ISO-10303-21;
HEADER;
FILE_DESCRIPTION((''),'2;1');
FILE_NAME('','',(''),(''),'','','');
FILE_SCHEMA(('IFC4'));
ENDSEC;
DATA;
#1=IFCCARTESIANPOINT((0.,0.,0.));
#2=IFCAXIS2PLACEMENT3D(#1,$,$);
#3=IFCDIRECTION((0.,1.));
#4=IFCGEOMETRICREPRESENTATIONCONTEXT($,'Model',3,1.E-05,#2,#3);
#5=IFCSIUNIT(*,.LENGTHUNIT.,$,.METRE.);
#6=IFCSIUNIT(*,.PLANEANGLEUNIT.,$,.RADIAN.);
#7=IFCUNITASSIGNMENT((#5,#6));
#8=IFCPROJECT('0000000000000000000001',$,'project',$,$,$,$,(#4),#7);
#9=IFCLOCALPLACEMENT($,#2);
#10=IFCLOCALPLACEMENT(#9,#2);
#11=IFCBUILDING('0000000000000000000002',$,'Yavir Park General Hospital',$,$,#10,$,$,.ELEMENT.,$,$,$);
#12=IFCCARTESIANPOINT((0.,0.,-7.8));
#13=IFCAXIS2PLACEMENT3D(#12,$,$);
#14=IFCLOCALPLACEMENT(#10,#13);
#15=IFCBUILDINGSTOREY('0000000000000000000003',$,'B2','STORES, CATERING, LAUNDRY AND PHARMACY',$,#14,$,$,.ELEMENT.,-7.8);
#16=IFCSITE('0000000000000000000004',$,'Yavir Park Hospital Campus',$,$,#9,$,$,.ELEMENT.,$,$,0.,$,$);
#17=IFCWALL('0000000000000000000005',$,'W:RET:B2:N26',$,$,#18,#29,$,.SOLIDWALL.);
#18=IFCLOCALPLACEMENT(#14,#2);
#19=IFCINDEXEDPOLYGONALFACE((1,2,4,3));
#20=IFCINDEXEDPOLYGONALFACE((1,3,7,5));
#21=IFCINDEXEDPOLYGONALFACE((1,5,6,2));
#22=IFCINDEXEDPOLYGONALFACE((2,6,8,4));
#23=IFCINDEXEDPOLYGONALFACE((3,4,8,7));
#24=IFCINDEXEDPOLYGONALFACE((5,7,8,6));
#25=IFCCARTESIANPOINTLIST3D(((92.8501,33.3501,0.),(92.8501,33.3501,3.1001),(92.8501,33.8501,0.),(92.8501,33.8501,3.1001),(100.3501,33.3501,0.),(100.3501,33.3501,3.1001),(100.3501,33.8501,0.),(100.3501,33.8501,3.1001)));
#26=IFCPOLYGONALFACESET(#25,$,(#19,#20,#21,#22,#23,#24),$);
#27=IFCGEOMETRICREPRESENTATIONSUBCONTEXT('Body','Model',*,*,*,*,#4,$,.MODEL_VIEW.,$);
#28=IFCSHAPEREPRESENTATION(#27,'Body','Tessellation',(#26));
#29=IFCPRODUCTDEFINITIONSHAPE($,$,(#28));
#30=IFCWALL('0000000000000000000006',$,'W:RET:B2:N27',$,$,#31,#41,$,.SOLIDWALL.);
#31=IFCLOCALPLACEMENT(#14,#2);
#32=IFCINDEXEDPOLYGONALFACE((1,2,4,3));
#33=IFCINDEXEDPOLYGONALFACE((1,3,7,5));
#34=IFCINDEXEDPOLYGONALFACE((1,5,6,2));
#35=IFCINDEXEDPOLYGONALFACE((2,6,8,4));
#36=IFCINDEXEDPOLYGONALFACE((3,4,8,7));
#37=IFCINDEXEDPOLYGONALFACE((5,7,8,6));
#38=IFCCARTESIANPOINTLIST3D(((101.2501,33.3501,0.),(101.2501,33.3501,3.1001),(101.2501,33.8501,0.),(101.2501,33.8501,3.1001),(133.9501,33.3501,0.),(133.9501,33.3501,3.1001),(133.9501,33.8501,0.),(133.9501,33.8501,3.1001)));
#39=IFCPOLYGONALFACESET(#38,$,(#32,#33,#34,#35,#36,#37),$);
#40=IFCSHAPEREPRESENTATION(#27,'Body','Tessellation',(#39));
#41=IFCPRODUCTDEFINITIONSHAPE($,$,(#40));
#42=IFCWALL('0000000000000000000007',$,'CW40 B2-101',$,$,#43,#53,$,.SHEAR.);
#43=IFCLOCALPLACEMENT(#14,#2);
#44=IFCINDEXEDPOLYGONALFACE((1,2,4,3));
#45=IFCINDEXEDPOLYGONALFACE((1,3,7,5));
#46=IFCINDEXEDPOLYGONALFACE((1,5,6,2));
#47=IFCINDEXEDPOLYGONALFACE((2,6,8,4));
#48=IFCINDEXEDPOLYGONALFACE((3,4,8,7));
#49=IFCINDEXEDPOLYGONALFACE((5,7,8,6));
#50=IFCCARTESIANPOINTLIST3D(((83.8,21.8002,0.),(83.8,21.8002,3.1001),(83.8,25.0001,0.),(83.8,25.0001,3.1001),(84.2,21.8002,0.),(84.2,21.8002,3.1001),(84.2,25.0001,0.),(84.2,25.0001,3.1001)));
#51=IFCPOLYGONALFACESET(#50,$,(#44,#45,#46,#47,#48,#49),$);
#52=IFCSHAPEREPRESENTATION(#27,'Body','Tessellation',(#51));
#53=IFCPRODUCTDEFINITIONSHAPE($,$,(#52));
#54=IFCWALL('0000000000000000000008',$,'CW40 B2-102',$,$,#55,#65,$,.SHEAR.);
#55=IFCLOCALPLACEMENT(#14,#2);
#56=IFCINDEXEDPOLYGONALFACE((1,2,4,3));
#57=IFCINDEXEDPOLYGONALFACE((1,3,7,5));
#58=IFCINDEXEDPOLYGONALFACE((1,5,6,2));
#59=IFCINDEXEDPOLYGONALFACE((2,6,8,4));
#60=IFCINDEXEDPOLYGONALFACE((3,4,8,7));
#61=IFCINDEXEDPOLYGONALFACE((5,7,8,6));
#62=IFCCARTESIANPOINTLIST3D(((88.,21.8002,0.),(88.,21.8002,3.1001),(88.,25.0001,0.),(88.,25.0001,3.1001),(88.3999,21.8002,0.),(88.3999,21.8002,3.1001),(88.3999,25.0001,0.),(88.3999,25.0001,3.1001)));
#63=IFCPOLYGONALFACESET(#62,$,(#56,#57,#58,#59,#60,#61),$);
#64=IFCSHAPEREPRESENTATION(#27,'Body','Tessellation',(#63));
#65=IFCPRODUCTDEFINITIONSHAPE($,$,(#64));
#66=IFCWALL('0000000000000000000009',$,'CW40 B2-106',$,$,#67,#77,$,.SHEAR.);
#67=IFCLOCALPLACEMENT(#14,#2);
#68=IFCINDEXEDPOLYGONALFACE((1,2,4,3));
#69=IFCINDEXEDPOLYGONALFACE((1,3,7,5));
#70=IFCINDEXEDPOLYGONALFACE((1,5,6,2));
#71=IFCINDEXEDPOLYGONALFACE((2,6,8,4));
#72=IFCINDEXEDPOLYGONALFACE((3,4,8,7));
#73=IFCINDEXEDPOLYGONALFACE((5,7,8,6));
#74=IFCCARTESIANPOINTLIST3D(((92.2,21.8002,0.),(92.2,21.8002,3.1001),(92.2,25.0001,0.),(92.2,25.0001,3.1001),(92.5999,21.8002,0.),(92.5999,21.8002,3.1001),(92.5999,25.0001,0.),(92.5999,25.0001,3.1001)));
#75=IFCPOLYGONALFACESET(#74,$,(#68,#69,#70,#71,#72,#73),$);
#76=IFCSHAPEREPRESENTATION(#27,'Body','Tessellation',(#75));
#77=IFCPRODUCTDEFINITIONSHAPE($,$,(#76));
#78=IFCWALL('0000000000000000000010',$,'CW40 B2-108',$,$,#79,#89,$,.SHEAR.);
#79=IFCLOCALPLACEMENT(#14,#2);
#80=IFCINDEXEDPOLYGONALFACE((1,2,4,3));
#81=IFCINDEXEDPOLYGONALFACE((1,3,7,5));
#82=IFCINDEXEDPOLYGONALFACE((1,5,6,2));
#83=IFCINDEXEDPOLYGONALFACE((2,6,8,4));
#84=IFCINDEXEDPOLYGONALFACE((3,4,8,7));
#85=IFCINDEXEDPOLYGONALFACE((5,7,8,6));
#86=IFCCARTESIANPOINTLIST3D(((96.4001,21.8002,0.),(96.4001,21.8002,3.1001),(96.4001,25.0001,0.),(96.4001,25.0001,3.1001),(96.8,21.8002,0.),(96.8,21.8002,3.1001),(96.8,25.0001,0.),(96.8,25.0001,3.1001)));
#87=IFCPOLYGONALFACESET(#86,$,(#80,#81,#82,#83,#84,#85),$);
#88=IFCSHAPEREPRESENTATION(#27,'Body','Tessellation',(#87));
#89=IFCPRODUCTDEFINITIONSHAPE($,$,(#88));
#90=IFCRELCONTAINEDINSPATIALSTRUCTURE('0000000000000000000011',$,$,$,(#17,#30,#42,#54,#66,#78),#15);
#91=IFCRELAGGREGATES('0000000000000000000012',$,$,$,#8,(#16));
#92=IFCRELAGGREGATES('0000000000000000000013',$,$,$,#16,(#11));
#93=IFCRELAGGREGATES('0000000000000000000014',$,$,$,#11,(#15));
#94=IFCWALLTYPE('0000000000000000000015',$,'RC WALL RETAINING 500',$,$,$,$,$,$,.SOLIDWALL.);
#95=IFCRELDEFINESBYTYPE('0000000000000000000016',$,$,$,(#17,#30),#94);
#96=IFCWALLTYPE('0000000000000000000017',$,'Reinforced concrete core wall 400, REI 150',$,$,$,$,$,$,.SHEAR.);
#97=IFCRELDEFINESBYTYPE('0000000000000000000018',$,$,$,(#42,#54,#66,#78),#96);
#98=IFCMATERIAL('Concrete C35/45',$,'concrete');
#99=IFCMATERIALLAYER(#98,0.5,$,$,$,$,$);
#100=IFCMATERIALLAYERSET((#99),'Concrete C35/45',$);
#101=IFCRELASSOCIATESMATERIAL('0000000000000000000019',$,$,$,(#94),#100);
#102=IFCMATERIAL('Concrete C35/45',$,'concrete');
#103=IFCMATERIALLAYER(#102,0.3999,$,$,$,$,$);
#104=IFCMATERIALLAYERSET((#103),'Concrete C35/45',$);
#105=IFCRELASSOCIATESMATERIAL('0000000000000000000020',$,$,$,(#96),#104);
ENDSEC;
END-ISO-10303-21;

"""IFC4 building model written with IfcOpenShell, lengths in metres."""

from ifc_helpers import new_model, si_unit, direction, frame, frame_2d, origin, place, context, subcontext, project, spatial, rectangle, extrude, material, layer, layer_set, type_object, element, save


model = new_model("IFC4")

# Units and contexts
model_context = context("Model", 3, precision=1e-05, world=origin(), true_north=direction((0.0, 1.0)))
body_context = subcontext(model_context, "Body", "Model", "MODEL_VIEW")
ifc_project = project(units=[si_unit("LENGTHUNIT", "METRE"), si_unit("PLANEANGLEUNIT", "RADIAN")], contexts=[model_context])

# Site, building, storey
site_placement = place(None, origin())
site = spatial("IfcSite", under=ifc_project, at=site_placement, Name="Yavir Park Hospital Campus", CompositionType="ELEMENT", RefElevation=0.0)
building_placement = place(site_placement, origin())
building = spatial("IfcBuilding", under=site, at=building_placement, Name="Yavir Park General Hospital", CompositionType="ELEMENT")
storey_placement = place(building_placement, frame((0.0, 0.0, -7.8)))
storey = spatial("IfcBuildingStorey", under=building, at=storey_placement, Name="B2", Description="STORES, CATERING, LAUNDRY AND PHARMACY", CompositionType="ELEMENT", Elevation=-7.8)

# Walls
ifc_material_1 = material(Name="Concrete C35/45", Category="concrete")
ifc_layer_1 = layer(ifc_material_1, 0.5)
ifc_layer_set_1 = layer_set([ifc_layer_1], Name="Concrete C35/45")
wall_type_1 = type_object("IfcWallType", Name="RC WALL RETAINING 500", PredefinedType="SOLIDWALL", material=ifc_layer_set_1)
for number, where, z_axis, x_axis, name in (
    (1, (92.8501, 33.6001, 0.0), (0.0, 0.0, 1.0), (1.0, 0.0, 0.0), "W:RET:B2:N26"),
):
    element("IfcWall", number, at=place(storey_placement, frame(where, z_axis=z_axis, x_axis=x_axis)), inside=storey, type_object=wall_type_1, Name=name, PredefinedType="SOLIDWALL", context=body_context, shape_type="SweptSolid", body=[
        extrude(rectangle(XDim=7.5, YDim=0.5, at=frame_2d((3.75, 0.0))), origin(), (0.0, 0.0, 1.0), 3.1001),
    ])
wall_1_placement = place(storey_placement, frame((101.25, 33.6001, 0.0), z_axis=(0.0, 0.0, 1.0), x_axis=(1.0, 0.0, 0.0)))
element("IfcWall", 2, at=wall_1_placement, inside=storey, type_object=wall_type_1, Name="W:RET:B2:N27", PredefinedType="SOLIDWALL", context=body_context, shape_type="SweptSolid", body=[
    extrude(rectangle(XDim=32.7, YDim=0.5, at=frame_2d((16.3501, 0.0))), origin(), (0.0, 0.0, 1.0), 3.1001),
])
ifc_material_2 = material(Name="Concrete C35/45", Category="concrete")
ifc_layer_2 = layer(ifc_material_2, 0.3999)
ifc_layer_set_2 = layer_set([ifc_layer_2], Name="Concrete C35/45")
wall_type_2 = type_object("IfcWallType", Name="Reinforced concrete core wall 400, REI 150", PredefinedType="SHEAR", material=ifc_layer_set_2)
for number, where, z_axis, x_axis, name in (
    (3, (84.0, 21.8, 0.0), (0.0, 0.0, 1.0), (0.0, 1.0, 0.0), "CW40 B2-101"),
    (4, (88.2, 21.8, 0.0), (0.0, 0.0, 1.0), (0.0, 1.0, 0.0), "CW40 B2-102"),
    (5, (92.3999, 21.8, 0.0), (0.0, 0.0, 1.0), (0.0, 1.0, 0.0), "CW40 B2-106"),
    (6, (96.6001, 21.8, 0.0), (0.0, 0.0, 1.0), (0.0, 1.0, 0.0), "CW40 B2-108"),
):
    element("IfcWall", number, at=place(storey_placement, frame(where, z_axis=z_axis, x_axis=x_axis)), inside=storey, type_object=wall_type_2, Name=name, PredefinedType="SHEAR", context=body_context, shape_type="SweptSolid", body=[
        extrude(rectangle(XDim=3.2, YDim=0.3999, at=frame_2d((1.6001, 0.0))), origin(), (0.0, 0.0, 1.0), 3.1001),
    ])

save(model, "model.ifc")
